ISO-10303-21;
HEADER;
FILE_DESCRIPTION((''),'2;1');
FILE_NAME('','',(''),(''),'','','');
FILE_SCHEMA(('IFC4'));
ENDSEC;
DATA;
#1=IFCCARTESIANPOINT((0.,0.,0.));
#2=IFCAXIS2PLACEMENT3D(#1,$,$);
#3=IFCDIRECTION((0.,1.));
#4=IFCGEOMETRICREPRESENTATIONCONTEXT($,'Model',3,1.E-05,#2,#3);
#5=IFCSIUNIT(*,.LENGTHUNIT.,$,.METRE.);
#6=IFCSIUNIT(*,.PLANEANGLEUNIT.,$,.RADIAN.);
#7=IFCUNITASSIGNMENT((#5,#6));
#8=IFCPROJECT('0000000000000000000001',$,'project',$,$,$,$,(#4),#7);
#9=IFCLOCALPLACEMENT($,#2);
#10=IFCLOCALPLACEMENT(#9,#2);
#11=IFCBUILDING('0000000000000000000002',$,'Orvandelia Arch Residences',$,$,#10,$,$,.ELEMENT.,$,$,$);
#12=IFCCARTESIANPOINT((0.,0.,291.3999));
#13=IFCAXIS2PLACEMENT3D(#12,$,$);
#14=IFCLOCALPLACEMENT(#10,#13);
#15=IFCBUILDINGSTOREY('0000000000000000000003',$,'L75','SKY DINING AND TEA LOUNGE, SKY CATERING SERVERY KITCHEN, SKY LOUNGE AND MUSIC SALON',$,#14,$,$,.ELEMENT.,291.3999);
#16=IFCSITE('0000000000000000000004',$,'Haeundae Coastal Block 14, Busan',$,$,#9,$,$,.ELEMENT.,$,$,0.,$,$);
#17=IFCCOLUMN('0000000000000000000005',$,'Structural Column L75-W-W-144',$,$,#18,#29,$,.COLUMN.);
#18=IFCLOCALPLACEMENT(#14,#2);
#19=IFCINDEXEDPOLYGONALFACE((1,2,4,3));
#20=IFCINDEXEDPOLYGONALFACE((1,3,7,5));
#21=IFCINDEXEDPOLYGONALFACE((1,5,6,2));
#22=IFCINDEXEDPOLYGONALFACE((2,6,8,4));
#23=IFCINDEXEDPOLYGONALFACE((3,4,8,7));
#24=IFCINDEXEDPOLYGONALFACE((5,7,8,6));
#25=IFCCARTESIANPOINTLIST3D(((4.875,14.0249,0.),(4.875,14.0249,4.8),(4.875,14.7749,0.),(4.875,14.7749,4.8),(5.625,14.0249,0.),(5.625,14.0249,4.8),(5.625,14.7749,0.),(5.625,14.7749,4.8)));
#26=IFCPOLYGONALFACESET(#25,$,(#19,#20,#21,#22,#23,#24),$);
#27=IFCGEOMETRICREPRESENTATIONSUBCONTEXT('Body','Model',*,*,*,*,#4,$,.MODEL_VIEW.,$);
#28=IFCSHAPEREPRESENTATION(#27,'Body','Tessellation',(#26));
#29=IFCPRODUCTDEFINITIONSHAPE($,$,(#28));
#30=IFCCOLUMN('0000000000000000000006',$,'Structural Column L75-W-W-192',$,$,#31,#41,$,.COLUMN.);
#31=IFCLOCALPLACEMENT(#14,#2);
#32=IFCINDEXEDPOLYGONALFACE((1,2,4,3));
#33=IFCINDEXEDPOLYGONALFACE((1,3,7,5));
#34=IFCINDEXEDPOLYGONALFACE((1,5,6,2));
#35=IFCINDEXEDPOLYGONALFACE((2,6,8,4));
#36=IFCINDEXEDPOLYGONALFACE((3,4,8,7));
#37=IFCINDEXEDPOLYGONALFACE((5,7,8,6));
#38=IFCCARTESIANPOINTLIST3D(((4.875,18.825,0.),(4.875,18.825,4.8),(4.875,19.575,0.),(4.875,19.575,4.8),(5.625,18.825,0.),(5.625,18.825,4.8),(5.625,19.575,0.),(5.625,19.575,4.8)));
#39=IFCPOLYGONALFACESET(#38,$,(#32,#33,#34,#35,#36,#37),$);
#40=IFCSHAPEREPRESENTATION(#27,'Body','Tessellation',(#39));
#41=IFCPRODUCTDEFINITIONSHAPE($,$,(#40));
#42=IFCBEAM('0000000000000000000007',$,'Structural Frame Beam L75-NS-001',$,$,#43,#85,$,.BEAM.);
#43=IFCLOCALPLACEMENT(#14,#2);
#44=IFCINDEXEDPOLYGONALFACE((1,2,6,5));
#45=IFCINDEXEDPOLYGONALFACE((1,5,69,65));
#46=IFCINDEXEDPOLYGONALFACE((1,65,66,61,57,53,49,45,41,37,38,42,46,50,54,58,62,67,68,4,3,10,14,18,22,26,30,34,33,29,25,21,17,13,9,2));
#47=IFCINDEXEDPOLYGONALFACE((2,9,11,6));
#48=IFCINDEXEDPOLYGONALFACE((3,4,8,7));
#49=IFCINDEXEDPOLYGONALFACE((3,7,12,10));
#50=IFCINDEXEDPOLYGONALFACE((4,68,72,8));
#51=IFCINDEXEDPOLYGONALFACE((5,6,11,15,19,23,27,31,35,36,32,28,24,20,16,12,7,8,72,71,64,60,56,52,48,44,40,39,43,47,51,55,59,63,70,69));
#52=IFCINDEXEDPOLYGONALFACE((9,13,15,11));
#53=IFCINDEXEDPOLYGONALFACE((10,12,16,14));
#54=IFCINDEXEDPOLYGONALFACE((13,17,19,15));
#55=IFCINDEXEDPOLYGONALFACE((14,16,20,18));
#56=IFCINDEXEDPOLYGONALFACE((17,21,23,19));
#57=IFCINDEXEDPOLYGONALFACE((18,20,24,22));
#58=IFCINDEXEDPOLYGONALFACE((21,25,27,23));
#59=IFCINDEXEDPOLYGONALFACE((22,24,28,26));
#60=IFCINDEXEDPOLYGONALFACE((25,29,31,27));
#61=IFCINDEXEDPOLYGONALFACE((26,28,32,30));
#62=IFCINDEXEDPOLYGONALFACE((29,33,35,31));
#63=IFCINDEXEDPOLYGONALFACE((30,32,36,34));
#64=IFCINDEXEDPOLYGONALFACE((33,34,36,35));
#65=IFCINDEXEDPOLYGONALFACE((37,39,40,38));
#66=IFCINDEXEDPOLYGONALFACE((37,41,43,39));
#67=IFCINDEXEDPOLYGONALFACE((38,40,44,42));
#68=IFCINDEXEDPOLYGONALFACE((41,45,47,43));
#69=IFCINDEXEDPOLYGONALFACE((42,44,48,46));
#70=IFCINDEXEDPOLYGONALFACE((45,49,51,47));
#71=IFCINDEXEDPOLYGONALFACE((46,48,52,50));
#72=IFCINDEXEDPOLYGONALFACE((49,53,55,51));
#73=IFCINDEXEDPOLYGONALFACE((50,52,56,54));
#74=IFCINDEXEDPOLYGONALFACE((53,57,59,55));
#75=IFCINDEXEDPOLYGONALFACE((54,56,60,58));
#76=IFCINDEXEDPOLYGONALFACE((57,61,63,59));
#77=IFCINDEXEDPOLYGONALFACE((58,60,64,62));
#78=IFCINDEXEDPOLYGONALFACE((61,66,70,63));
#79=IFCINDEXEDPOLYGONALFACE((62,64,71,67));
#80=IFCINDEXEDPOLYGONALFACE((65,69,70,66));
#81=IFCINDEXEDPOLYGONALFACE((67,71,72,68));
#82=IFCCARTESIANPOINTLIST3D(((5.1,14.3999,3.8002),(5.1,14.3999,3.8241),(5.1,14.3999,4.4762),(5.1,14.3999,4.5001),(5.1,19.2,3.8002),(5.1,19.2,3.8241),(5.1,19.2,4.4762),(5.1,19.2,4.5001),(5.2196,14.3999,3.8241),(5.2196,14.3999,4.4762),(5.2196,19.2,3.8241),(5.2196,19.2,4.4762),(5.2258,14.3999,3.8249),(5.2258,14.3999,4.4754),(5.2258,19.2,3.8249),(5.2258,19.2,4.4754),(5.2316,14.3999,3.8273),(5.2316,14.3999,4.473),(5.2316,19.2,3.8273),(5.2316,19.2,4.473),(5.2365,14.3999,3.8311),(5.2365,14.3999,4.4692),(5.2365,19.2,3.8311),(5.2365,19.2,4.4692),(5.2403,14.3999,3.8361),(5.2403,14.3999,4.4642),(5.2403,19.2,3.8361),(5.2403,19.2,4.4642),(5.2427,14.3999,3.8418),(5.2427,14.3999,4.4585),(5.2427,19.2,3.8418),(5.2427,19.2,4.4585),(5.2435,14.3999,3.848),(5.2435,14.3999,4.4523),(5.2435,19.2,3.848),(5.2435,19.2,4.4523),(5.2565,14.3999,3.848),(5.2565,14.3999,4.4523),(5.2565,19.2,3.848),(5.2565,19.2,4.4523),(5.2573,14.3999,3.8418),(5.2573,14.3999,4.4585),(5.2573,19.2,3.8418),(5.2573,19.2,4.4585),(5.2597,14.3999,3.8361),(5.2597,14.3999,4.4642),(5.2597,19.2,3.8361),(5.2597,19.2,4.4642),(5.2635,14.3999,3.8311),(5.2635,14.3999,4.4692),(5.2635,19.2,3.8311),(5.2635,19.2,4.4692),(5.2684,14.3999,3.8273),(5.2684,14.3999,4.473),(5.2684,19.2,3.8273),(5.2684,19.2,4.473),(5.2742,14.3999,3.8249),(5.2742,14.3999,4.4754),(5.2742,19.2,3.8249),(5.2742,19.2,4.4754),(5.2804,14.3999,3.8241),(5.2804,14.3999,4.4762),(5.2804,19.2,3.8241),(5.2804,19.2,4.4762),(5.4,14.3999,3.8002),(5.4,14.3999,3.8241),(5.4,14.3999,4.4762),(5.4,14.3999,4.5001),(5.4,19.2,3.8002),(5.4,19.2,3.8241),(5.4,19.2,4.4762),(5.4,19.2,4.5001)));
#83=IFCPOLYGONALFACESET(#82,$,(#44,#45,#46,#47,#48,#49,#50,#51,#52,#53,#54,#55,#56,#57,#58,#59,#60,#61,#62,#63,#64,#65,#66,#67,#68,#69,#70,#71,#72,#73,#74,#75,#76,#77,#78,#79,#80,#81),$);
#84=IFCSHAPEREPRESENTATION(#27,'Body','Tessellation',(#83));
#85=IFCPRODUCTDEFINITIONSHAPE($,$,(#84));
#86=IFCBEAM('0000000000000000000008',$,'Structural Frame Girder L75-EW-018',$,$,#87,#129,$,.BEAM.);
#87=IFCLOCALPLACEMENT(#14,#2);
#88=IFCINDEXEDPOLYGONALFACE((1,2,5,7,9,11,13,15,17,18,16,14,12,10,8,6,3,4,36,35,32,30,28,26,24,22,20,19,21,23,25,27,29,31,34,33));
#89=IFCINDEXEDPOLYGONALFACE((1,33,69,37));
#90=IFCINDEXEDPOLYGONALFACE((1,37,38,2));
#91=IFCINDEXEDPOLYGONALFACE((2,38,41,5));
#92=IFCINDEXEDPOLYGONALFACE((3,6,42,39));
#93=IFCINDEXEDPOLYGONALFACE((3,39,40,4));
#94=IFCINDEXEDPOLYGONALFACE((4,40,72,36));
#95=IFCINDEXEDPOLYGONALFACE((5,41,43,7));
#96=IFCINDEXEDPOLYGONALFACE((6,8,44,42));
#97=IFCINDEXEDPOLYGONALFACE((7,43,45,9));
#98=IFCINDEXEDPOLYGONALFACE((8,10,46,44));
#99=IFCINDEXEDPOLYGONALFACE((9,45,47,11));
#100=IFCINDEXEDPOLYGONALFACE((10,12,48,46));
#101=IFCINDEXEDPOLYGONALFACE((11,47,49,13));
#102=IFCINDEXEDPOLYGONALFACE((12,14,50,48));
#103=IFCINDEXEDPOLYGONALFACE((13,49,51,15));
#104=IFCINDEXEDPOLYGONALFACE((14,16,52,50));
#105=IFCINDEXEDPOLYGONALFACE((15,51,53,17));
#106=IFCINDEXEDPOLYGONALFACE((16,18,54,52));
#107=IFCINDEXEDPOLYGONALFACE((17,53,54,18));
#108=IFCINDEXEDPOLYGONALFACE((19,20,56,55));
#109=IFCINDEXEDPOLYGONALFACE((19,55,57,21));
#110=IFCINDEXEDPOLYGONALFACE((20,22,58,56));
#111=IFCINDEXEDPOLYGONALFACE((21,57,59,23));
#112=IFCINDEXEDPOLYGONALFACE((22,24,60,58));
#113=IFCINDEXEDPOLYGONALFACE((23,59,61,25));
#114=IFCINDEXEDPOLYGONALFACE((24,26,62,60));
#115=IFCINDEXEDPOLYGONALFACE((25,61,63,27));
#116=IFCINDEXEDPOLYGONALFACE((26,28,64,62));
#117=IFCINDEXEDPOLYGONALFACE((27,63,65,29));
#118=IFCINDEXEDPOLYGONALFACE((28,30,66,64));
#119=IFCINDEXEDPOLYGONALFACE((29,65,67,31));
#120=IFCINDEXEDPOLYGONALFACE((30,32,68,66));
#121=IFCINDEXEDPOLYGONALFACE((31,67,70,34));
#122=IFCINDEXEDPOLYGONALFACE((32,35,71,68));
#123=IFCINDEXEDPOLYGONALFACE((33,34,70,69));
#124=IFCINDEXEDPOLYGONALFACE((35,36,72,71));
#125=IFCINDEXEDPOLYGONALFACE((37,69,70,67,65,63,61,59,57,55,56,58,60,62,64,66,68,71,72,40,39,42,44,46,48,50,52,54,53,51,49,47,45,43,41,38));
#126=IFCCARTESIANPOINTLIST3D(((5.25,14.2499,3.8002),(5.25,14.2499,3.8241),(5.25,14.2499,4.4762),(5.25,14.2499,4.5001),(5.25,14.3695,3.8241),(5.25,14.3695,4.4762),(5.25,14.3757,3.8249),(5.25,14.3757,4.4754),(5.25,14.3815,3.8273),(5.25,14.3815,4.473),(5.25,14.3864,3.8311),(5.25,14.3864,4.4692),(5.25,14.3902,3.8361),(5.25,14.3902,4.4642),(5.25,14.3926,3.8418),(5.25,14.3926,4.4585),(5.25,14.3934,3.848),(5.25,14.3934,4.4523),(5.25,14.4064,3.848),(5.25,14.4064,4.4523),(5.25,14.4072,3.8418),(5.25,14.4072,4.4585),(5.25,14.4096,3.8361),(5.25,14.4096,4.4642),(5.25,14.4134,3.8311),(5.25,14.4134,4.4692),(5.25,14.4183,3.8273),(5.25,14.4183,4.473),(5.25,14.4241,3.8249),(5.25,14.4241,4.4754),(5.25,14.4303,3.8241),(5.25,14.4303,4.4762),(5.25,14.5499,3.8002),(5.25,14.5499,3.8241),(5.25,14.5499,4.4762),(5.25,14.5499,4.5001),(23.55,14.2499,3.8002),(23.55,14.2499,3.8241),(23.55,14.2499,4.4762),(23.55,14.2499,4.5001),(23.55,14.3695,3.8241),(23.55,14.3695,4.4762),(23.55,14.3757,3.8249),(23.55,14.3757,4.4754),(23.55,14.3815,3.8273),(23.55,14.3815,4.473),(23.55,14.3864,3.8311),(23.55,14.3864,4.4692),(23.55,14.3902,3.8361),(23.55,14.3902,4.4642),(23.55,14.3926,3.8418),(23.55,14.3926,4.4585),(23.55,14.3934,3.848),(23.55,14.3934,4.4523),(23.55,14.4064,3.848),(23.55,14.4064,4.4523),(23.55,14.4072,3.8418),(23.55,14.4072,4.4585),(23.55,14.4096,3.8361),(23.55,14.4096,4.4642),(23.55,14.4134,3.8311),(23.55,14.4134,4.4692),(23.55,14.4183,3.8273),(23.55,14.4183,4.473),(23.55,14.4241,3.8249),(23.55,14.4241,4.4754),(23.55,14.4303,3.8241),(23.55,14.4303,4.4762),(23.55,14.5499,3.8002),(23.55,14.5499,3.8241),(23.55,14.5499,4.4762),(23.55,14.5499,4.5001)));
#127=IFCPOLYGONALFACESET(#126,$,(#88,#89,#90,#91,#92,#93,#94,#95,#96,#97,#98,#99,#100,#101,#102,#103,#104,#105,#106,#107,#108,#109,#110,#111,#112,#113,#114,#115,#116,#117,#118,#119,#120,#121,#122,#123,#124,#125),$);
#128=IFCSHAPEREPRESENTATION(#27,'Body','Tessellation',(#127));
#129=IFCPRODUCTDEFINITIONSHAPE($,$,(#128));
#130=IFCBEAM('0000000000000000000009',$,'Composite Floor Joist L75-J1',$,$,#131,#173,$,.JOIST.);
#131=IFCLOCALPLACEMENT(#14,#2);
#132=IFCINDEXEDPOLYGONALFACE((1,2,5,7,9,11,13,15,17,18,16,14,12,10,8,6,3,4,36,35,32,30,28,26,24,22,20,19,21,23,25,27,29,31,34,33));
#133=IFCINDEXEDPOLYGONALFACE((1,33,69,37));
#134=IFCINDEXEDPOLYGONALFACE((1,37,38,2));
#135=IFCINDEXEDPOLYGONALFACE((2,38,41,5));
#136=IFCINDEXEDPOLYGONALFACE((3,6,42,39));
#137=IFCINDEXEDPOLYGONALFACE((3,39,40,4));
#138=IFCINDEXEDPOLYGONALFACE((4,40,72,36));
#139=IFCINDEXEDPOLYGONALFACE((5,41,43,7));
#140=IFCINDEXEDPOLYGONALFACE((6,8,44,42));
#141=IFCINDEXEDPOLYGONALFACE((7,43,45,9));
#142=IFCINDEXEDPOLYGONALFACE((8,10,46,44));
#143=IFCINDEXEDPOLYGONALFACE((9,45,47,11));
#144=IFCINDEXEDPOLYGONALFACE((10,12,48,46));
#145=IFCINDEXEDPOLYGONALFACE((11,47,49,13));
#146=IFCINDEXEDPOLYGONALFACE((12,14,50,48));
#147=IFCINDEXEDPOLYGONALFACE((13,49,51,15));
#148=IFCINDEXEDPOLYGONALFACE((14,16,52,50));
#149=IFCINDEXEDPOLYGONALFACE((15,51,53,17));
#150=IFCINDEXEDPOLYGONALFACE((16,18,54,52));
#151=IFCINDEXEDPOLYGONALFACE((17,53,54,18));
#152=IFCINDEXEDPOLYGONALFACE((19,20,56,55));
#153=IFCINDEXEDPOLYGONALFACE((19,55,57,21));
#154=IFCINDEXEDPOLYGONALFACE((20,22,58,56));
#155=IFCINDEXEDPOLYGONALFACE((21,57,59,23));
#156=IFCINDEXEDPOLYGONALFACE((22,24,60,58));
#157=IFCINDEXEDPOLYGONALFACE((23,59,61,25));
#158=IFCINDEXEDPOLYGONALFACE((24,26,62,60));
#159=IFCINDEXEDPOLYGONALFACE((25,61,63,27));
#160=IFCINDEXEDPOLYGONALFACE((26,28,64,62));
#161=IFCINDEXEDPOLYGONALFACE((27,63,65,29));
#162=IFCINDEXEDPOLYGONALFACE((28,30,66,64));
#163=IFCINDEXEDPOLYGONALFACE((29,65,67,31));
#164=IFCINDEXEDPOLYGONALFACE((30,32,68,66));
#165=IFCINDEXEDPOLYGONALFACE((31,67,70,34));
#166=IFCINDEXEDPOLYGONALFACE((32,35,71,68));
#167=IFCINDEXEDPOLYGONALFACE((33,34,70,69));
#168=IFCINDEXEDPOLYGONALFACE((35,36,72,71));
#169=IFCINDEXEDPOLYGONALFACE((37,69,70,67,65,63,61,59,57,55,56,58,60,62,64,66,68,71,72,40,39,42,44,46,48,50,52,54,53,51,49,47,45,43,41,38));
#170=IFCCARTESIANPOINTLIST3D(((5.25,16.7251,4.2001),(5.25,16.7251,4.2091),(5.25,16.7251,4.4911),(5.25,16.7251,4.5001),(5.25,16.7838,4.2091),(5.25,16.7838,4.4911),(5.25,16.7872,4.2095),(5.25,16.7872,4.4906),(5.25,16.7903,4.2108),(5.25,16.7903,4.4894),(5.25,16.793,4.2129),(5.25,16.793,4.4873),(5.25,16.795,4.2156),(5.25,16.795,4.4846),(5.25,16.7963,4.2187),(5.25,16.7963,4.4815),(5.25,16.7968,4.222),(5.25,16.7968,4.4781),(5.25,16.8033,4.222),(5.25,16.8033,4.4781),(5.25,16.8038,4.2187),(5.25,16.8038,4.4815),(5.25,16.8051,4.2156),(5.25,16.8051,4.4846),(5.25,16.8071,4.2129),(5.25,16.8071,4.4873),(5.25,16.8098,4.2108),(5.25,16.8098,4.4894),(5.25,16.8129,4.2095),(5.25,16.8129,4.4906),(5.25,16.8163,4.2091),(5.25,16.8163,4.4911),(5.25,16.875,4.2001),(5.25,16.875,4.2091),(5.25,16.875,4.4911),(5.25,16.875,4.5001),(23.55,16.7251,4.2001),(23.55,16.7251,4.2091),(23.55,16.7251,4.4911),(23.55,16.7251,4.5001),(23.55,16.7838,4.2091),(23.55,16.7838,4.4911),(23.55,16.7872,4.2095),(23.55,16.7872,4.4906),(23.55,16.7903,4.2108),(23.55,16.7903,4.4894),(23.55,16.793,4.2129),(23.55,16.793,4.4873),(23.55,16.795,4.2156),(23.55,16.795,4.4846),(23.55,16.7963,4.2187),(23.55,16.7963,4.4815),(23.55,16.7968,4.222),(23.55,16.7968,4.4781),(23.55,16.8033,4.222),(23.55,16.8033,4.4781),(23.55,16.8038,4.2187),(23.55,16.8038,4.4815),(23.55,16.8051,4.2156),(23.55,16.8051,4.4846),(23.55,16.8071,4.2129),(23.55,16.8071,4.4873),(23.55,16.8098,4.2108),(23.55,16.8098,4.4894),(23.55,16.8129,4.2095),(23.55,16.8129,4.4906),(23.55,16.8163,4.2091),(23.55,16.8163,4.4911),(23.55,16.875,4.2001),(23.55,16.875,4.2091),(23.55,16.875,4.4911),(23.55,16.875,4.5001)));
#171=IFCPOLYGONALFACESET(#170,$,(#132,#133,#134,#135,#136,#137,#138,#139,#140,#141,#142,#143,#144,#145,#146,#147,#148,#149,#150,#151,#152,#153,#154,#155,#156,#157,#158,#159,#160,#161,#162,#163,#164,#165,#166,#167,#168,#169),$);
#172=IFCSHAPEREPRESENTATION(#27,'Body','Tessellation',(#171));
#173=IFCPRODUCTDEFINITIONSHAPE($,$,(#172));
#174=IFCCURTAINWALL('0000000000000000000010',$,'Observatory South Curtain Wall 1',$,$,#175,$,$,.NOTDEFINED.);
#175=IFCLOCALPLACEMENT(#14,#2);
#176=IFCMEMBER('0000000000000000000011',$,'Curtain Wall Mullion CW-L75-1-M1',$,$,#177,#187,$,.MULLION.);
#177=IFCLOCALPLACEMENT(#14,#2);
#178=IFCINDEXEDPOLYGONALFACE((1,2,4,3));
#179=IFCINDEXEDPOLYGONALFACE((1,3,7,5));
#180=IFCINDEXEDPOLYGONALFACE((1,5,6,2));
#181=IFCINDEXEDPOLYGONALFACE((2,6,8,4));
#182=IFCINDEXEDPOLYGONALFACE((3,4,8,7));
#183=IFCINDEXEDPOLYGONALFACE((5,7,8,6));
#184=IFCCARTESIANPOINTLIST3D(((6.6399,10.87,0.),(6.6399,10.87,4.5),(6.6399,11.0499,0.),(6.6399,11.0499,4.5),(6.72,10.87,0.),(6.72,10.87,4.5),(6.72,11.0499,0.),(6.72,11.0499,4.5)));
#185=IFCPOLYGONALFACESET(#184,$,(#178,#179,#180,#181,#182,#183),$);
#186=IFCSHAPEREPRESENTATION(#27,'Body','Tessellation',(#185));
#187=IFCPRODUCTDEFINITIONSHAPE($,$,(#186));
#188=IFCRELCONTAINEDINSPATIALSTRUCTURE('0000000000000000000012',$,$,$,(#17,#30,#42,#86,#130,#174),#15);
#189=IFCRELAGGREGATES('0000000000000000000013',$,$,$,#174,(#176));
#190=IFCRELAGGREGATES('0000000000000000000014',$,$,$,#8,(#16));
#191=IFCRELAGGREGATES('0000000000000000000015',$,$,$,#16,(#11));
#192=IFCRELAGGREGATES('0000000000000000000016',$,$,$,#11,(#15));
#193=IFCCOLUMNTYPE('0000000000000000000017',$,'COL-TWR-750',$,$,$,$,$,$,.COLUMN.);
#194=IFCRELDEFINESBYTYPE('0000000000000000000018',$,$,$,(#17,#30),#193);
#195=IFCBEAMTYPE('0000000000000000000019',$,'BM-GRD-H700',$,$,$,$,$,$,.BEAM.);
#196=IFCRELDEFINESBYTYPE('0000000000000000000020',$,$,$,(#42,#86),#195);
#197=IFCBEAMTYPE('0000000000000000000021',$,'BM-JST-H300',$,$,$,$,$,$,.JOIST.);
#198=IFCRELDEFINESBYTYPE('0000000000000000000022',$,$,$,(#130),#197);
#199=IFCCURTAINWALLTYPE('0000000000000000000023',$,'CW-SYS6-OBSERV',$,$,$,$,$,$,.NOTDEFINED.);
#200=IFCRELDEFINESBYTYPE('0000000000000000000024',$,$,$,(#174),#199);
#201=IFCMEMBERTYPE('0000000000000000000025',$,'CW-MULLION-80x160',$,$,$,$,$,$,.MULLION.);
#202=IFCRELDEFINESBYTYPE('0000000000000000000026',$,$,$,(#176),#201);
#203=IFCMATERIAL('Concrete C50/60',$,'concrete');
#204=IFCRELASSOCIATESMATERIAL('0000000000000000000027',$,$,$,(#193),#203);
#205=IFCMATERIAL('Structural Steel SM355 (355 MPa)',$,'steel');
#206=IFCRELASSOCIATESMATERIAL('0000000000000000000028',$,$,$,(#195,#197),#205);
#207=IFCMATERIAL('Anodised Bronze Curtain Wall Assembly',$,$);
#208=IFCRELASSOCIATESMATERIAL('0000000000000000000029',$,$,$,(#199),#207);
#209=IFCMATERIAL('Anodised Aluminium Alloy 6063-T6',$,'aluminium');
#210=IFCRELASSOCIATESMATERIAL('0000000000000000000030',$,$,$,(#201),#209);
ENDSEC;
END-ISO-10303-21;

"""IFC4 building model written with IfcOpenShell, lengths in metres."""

from ifc_helpers import new_model, si_unit, direction, frame, origin, origin_2d, place, context, subcontext, project, spatial, rectangle, i_section, extrude, material, material_profile, profile_set, type_object, element, aggregate, save


model = new_model("IFC4")

# Units and contexts
model_context = context("Model", 3, precision=1e-05, world=origin(), true_north=direction((0.0, 1.0)))
body_context = subcontext(model_context, "Body", "Model", "MODEL_VIEW")
ifc_project = project(units=[si_unit("LENGTHUNIT", "METRE"), si_unit("PLANEANGLEUNIT", "RADIAN")], contexts=[model_context])

# Site, building, storey
site_placement = place(None, origin())
site = spatial("IfcSite", under=ifc_project, at=site_placement, Name="Haeundae Coastal Block 14, Busan", CompositionType="ELEMENT", RefElevation=0.0)
building_placement = place(site_placement, origin())
building = spatial("IfcBuilding", under=site, at=building_placement, Name="Orvandelia Arch Residences", CompositionType="ELEMENT")
storey_placement = place(building_placement, frame((0.0, 0.0, 291.3999)))
storey = spatial("IfcBuildingStorey", under=building, at=storey_placement, Name="L75", Description="SKY DINING AND TEA LOUNGE, SKY CATERING SERVERY KITCHEN, SKY LOUNGE AND MUSIC SALON", CompositionType="ELEMENT", Elevation=291.3999)

# Columns
ifc_material_1 = material(Name="Concrete C50/60", Category="concrete")
ifc_material_profile_1 = material_profile(ifc_material_1, rectangle(XDim=0.75, YDim=0.75, at=origin_2d()), Name="Concrete C50/60", Category="concrete")
ifc_profile_set_1 = profile_set([ifc_material_profile_1], Name="Concrete C50/60")
column_type = type_object("IfcColumnType", Name="COL-TWR-750", PredefinedType="COLUMN", material=ifc_profile_set_1)
for number, where, z_axis, x_axis, name in (
    (1, (5.25, 14.3999, 0.0), (0.0, 0.0, 1.0), (1.0, 0.0, 0.0), "Structural Column L75-W-W-144"),
    (2, (5.25, 19.2, 0.0), (0.0, 0.0, 1.0), (1.0, 0.0, 0.0), "Structural Column L75-W-W-192"),
):
    element("IfcColumn", number, at=place(storey_placement, frame(where, z_axis=z_axis, x_axis=x_axis)), inside=storey, type_object=column_type, Name=name, PredefinedType="COLUMN", context=body_context, shape_type="SweptSolid", body=[
        extrude(rectangle(XDim=0.75, YDim=0.75, at=origin_2d()), origin(), (0.0, 0.0, 1.0), 4.8),
    ])

# Beams
ifc_material_2 = material(Name="Structural Steel SM355 (355 MPa)", Category="steel")
ifc_material_profile_2 = material_profile(ifc_material_2, i_section(OverallWidth=0.3, OverallDepth=0.7, WebThickness=0.0129, FlangeThickness=0.0239, FilletRadius=0.0239, at=origin_2d()), Name="Structural Steel SM355 (355 MPa)", Category="steel")
ifc_profile_set_2 = profile_set([ifc_material_profile_2], Name="Structural Steel SM355 (355 MPa)")
beam_type_1 = type_object("IfcBeamType", Name="BM-GRD-H700", PredefinedType="BEAM", material=ifc_profile_set_2)
beam_1_placement = place(storey_placement, frame((5.25, 14.3999, 4.1501), z_axis=(0.0, 1.0, 0.0), x_axis=(-1.0, 0.0, 0.0)))
element("IfcBeam", 3, at=beam_1_placement, inside=storey, type_object=beam_type_1, Name="Structural Frame Beam L75-NS-001", PredefinedType="BEAM", context=body_context, shape_type="SweptSolid", body=[
    extrude(i_section(OverallWidth=0.3, OverallDepth=0.7, WebThickness=0.0129, FlangeThickness=0.0239, FilletRadius=0.0239, at=origin_2d()), origin(), (0.0, 0.0, 1.0), 4.8),
])
beam_2_placement = place(storey_placement, frame((5.25, 14.3999, 4.1501), z_axis=(1.0, 0.0, 0.0), x_axis=(0.0, 1.0, 0.0)))
element("IfcBeam", 4, at=beam_2_placement, inside=storey, type_object=beam_type_1, Name="Structural Frame Girder L75-EW-018", PredefinedType="BEAM", context=body_context, shape_type="SweptSolid", body=[
    extrude(i_section(OverallWidth=0.3, OverallDepth=0.7, WebThickness=0.0129, FlangeThickness=0.0239, FilletRadius=0.0239, at=origin_2d()), origin(), (0.0, 0.0, 1.0), 18.3),
])
ifc_material_profile_3 = material_profile(ifc_material_2, i_section(OverallWidth=0.1499, OverallDepth=0.3, WebThickness=0.0066, FlangeThickness=0.009, FilletRadius=0.0129, at=origin_2d()), Name="Structural Steel SM355 (355 MPa)", Category="steel")
ifc_profile_set_3 = profile_set([ifc_material_profile_3], Name="Structural Steel SM355 (355 MPa)")
beam_type_2 = type_object("IfcBeamType", Name="BM-JST-H300", PredefinedType="JOIST", material=ifc_profile_set_3)
beam_3_placement = place(storey_placement, frame((5.25, 16.8, 4.3501), z_axis=(1.0, 0.0, 0.0), x_axis=(0.0, 1.0, 0.0)))
element("IfcBeam", 5, at=beam_3_placement, inside=storey, type_object=beam_type_2, Name="Composite Floor Joist L75-J1", PredefinedType="JOIST", context=body_context, shape_type="SweptSolid", body=[
    extrude(i_section(OverallWidth=0.1499, OverallDepth=0.3, WebThickness=0.0066, FlangeThickness=0.009, FilletRadius=0.0129, at=origin_2d()), origin(), (0.0, 0.0, 1.0), 18.3),
])

# Curtain wall, member
ifc_material_3 = material(Name="Anodised Bronze Curtain Wall Assembly")
curtain_wall_type = type_object("IfcCurtainWallType", Name="CW-SYS6-OBSERV", PredefinedType="NOTDEFINED", material=ifc_material_3)
curtain_wall_placement = place(storey_placement, origin())
curtain_wall = element("IfcCurtainWall", 6, at=curtain_wall_placement, inside=storey, type_object=curtain_wall_type, Name="Observatory South Curtain Wall 1", PredefinedType="NOTDEFINED")
ifc_material_4 = material(Name="Anodised Aluminium Alloy 6063-T6", Category="aluminium")
ifc_material_profile_4 = material_profile(ifc_material_4, rectangle(XDim=0.0801, YDim=0.1799, at=origin_2d()), Name="Anodised Aluminium Alloy 6063-T6", Category="aluminium")
ifc_profile_set_4 = profile_set([ifc_material_profile_4], Name="Anodised Aluminium Alloy 6063-T6")
member_type_1 = type_object("IfcMemberType", Name="CW-MULLION-80x160", PredefinedType="MULLION", material=ifc_profile_set_4)
member_1_placement = place(storey_placement, frame((6.6799, 10.96, 0.0), z_axis=(0.0, 0.0, 1.0), x_axis=(1.0, 0.0, 0.0)))
member_1 = element("IfcMember", 7, at=member_1_placement, type_object=member_type_1, Name="Curtain Wall Mullion CW-L75-1-M1", PredefinedType="MULLION", context=body_context, shape_type="SweptSolid", body=[
    extrude(rectangle(XDim=0.0801, YDim=0.1799, at=origin_2d()), origin(), (0.0, 0.0, 1.0), 4.5),
])
aggregate(curtain_wall, [member_1])

save(model, "model.ifc")
